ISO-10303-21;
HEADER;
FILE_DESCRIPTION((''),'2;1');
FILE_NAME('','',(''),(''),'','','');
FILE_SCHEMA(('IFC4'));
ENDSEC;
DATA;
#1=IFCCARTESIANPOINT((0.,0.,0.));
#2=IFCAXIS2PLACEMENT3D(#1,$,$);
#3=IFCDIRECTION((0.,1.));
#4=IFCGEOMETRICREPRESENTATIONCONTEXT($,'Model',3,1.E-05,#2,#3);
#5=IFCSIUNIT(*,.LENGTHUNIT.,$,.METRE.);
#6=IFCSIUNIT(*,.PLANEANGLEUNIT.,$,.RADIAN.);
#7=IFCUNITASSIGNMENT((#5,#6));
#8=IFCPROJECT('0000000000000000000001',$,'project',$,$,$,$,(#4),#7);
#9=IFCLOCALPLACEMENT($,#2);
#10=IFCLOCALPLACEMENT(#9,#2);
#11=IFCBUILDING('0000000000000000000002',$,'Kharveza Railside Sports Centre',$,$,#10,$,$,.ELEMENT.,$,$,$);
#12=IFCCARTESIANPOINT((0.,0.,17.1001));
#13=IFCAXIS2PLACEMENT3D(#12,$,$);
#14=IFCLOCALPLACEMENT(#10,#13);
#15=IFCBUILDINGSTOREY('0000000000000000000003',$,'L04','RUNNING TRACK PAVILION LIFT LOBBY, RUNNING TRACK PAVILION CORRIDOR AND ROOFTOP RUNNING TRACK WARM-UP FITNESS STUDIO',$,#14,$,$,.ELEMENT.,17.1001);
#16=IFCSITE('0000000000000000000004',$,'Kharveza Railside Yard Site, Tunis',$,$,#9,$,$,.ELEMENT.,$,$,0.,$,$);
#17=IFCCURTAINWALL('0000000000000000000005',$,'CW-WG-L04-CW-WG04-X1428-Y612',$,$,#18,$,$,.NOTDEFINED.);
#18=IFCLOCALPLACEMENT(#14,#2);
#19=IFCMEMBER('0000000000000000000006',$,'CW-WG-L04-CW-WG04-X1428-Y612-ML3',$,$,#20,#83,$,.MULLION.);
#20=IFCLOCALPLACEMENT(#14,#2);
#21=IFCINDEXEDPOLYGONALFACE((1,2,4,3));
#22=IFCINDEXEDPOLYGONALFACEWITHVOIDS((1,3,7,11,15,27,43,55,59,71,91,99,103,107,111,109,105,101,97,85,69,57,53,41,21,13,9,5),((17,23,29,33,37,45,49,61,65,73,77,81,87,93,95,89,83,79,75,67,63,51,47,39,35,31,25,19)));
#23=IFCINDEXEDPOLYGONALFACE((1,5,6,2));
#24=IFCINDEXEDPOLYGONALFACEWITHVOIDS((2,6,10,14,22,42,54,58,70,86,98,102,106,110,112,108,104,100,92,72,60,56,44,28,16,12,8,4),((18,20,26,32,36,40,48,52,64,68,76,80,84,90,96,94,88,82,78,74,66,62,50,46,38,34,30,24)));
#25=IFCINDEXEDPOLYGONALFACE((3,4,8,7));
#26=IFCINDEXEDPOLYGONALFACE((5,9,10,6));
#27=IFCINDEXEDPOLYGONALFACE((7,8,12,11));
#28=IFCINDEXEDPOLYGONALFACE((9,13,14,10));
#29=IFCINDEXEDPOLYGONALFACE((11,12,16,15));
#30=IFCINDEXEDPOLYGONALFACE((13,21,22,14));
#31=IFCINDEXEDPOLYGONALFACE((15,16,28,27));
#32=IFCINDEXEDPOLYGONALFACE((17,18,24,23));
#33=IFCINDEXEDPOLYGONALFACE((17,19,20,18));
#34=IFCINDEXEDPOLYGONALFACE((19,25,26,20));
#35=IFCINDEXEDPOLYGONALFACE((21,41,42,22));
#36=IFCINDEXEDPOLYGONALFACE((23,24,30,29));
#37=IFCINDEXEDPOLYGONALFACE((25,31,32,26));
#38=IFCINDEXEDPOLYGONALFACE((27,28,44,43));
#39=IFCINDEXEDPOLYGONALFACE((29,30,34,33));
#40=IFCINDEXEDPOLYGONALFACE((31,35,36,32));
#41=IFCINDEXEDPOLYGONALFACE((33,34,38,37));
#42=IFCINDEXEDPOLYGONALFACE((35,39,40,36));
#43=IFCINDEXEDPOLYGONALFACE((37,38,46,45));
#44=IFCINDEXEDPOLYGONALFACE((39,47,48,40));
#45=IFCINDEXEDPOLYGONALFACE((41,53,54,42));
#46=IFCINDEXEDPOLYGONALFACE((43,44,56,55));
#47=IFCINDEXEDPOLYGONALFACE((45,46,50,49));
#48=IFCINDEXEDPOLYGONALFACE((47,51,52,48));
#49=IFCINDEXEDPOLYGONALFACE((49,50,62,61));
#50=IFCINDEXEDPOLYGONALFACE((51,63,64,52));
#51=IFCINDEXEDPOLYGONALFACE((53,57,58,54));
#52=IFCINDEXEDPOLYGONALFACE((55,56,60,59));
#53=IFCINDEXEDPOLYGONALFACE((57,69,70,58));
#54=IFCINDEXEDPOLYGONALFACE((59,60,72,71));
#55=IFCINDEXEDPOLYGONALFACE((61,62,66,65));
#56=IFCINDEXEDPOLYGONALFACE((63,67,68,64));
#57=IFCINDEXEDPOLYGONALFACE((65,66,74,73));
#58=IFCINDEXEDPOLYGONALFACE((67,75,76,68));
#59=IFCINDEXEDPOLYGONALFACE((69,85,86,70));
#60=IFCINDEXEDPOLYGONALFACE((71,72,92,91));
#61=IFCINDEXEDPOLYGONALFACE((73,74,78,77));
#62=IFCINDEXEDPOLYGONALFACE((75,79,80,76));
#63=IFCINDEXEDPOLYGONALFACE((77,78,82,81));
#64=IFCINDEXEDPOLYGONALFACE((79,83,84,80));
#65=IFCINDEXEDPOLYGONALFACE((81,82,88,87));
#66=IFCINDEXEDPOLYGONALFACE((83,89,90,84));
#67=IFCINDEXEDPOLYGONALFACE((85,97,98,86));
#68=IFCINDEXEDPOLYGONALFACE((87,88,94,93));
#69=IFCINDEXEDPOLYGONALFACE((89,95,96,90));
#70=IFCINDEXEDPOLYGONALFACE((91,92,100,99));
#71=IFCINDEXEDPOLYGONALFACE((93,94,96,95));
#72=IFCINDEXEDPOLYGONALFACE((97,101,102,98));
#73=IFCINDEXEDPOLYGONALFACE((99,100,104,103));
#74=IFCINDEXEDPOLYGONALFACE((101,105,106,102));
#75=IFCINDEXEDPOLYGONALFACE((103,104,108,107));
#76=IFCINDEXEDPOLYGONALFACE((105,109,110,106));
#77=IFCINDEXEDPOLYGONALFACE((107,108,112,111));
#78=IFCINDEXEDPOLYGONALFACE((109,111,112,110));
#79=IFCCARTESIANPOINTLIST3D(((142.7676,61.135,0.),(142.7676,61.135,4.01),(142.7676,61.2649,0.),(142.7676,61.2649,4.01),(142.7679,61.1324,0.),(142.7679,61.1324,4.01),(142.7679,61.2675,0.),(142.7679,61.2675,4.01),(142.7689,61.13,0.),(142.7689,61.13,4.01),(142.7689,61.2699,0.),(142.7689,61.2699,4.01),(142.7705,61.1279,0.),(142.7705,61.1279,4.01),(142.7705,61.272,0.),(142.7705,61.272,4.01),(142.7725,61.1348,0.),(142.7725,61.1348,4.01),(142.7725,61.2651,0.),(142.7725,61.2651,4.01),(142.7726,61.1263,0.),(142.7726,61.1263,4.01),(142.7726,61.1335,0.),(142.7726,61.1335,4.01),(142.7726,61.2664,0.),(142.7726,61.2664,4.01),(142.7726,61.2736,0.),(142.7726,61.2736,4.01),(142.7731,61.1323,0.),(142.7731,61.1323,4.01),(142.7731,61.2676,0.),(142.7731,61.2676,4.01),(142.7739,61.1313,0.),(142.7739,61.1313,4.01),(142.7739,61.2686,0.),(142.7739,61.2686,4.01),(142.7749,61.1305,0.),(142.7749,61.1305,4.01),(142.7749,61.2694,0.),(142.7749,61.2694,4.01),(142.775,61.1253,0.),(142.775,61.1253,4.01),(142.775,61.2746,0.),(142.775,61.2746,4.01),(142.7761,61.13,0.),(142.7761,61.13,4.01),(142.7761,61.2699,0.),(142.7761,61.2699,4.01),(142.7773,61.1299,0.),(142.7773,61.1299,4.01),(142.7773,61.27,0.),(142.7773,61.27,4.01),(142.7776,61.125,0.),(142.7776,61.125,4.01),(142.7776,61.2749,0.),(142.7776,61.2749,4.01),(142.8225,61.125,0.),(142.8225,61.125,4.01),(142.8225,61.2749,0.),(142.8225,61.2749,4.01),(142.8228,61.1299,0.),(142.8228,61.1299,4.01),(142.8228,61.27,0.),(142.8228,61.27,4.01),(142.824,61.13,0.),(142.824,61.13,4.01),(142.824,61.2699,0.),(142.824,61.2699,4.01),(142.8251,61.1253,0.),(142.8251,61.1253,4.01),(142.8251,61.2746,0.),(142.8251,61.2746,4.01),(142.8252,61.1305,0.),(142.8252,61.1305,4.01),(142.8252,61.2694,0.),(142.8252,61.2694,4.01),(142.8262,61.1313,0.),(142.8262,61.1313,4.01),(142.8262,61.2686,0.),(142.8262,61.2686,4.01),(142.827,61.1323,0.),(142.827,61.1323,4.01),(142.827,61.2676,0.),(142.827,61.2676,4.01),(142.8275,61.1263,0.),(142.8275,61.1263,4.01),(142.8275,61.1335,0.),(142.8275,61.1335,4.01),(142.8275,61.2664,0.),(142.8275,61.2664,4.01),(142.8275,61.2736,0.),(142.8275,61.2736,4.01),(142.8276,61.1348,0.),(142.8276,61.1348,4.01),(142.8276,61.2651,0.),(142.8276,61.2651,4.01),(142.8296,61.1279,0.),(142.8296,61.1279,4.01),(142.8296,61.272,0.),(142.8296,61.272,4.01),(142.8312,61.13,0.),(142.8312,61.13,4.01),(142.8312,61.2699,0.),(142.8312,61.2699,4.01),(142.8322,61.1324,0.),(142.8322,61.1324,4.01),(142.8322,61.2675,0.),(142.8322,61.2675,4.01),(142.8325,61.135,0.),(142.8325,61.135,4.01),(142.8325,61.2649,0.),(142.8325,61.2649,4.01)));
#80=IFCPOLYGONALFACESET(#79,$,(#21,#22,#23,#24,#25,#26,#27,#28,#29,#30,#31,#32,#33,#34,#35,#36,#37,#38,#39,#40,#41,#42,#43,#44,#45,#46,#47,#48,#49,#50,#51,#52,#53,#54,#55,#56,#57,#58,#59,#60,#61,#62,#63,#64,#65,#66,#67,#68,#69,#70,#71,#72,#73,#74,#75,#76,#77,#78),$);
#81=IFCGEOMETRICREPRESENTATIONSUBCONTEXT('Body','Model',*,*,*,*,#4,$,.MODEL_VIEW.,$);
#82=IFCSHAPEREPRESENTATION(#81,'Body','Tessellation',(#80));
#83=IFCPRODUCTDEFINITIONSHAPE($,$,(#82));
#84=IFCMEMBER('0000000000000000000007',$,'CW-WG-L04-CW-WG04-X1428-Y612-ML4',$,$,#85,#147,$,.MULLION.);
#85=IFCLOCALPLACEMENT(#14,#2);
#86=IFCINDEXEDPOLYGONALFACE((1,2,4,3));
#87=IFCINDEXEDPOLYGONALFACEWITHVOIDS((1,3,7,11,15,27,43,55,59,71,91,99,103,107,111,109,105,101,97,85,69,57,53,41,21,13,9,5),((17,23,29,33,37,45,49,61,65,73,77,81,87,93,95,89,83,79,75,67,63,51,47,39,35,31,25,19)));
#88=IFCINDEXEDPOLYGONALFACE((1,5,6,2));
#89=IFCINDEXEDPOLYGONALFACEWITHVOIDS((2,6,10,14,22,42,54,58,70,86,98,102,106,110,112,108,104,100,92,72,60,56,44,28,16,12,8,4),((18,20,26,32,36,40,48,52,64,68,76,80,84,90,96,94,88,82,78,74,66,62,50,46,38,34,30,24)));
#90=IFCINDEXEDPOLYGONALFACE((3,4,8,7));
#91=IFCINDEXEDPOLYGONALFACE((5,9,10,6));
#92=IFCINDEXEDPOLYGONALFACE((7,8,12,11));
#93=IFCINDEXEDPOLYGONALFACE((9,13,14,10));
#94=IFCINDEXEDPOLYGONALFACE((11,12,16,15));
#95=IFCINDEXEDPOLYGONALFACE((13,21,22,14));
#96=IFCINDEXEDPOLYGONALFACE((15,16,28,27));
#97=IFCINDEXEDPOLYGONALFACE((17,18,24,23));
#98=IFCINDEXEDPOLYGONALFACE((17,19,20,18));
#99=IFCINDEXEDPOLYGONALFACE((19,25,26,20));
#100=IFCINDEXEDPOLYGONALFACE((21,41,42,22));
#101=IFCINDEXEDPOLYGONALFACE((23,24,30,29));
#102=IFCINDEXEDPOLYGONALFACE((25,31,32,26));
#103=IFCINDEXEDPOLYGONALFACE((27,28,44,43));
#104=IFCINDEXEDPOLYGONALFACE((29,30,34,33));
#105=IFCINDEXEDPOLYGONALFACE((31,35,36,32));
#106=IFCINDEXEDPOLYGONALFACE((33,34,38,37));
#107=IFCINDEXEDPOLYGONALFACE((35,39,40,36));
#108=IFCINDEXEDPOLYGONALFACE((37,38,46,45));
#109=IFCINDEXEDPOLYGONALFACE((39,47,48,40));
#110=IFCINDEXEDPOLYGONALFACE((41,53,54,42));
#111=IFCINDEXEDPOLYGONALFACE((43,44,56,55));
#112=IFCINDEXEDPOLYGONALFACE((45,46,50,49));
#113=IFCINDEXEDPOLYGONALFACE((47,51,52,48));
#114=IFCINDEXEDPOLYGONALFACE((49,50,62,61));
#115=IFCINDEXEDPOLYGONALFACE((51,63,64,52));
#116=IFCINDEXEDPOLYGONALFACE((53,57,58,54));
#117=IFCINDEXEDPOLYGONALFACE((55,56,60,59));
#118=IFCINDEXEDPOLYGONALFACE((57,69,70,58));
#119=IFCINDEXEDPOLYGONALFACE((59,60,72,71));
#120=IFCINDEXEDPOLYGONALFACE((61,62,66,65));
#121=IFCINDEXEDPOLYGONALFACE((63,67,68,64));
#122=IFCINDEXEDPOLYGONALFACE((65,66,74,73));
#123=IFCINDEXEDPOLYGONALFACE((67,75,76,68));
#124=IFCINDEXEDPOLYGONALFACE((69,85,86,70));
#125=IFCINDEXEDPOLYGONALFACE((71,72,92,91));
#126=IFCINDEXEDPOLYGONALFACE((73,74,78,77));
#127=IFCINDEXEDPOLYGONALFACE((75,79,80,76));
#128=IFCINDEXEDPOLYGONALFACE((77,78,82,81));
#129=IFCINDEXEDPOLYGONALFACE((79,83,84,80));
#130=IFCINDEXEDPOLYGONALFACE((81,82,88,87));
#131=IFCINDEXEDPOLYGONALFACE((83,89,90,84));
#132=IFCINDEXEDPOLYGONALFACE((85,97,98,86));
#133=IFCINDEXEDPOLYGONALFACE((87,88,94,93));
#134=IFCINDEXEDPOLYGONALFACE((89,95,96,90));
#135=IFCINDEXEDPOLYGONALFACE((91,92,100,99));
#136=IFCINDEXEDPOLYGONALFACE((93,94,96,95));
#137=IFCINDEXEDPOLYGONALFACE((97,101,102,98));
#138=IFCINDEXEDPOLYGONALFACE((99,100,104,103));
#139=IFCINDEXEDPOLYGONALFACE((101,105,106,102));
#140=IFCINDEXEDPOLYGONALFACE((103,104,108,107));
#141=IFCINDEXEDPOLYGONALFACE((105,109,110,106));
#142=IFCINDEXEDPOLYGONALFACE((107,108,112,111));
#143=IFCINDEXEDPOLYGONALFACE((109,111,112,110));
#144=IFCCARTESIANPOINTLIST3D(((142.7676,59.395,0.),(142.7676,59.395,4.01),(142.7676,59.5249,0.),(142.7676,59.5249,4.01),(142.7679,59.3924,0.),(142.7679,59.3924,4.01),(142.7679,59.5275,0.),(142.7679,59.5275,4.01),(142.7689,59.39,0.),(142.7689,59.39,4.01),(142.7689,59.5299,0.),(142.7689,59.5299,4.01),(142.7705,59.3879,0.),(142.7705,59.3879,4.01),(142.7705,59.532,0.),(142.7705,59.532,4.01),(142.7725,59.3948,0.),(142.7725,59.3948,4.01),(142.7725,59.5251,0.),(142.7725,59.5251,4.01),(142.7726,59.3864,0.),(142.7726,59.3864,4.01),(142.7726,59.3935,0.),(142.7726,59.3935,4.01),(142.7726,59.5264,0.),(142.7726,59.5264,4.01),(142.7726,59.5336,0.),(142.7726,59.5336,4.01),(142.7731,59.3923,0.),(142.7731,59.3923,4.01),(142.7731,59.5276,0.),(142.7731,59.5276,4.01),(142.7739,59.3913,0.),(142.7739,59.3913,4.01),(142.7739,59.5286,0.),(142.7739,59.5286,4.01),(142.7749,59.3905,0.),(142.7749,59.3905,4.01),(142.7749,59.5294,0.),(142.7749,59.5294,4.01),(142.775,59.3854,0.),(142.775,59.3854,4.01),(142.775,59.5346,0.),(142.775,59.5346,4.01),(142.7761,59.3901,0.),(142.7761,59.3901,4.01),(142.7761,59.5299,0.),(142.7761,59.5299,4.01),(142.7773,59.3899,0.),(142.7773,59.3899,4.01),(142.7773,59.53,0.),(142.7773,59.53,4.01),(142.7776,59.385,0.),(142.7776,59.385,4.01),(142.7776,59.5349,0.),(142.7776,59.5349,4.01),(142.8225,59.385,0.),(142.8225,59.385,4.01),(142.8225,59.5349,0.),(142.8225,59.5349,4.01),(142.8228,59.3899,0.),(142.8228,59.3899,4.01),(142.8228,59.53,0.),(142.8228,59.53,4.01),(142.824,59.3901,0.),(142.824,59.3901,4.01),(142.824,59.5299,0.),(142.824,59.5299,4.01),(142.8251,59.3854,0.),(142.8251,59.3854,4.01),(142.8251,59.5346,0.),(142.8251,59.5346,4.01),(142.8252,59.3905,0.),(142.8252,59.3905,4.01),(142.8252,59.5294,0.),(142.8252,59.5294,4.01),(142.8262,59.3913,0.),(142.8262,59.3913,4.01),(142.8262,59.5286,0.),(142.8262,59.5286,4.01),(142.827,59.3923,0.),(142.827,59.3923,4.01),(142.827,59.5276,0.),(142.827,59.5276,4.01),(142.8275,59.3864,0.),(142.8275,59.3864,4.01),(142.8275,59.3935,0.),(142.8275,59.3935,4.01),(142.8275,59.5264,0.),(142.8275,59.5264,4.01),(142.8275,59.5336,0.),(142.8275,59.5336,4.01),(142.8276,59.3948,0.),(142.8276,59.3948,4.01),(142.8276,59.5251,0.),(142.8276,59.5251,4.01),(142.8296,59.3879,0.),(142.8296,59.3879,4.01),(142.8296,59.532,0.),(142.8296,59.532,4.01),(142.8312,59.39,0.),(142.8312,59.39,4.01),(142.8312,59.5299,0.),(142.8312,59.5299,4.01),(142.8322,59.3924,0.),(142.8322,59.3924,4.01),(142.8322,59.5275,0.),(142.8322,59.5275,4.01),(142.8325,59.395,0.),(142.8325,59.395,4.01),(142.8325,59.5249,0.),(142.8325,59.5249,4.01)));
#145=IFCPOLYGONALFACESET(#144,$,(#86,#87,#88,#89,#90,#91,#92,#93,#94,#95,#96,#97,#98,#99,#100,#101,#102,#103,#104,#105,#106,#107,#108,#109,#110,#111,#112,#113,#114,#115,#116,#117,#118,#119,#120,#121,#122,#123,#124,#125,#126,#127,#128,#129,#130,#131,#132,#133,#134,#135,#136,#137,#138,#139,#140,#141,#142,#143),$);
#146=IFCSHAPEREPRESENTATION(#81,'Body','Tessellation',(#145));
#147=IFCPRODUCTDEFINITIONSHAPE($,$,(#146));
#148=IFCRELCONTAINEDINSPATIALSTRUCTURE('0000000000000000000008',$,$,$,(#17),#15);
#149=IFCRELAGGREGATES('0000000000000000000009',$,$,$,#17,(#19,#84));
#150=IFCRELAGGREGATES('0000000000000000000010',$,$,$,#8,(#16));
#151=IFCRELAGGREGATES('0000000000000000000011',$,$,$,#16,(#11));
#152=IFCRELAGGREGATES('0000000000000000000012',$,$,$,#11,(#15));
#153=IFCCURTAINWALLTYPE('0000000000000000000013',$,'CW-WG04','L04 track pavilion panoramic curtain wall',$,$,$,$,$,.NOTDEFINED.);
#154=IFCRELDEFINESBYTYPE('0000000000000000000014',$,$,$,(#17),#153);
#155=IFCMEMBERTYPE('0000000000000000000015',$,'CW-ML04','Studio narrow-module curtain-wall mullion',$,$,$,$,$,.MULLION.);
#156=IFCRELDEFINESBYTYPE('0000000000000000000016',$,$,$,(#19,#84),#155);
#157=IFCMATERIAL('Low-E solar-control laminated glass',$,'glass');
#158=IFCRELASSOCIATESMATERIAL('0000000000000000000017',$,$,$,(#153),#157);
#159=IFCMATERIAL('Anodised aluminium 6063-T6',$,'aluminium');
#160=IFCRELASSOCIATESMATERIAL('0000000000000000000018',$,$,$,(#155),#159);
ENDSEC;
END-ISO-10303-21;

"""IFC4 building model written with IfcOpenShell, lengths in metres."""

from ifc_helpers import new_model, si_unit, direction, frame, origin, origin_2d, place, context, subcontext, project, spatial, hollow_rectangle, extrude, material, material_profile, profile_set, type_object, element, aggregate, save


model = new_model("IFC4")

# Units and contexts
model_context = context("Model", 3, precision=1e-05, world=origin(), true_north=direction((0.0, 1.0)))
body_context = subcontext(model_context, "Body", "Model", "MODEL_VIEW")
ifc_project = project(units=[si_unit("LENGTHUNIT", "METRE"), si_unit("PLANEANGLEUNIT", "RADIAN")], contexts=[model_context])

# Site, building, storey
site_placement = place(None, origin())
site = spatial("IfcSite", under=ifc_project, at=site_placement, Name="Kharveza Railside Yard Site, Tunis", CompositionType="ELEMENT", RefElevation=0.0)
building_placement = place(site_placement, origin())
building = spatial("IfcBuilding", under=site, at=building_placement, Name="Kharveza Railside Sports Centre", CompositionType="ELEMENT")
storey_placement = place(building_placement, frame((0.0, 0.0, 17.1001)))
storey = spatial("IfcBuildingStorey", under=building, at=storey_placement, Name="L04", Description="RUNNING TRACK PAVILION LIFT LOBBY, RUNNING TRACK PAVILION CORRIDOR AND ROOFTOP RUNNING TRACK WARM-UP FITNESS STUDIO", CompositionType="ELEMENT", Elevation=17.1001)

# Curtain wall, members
ifc_material_1 = material(Name="Low-E solar-control laminated glass", Category="glass")
curtain_wall_type = type_object("IfcCurtainWallType", Name="CW-WG04", Description="L04 track pavilion panoramic curtain wall", PredefinedType="NOTDEFINED", material=ifc_material_1)
curtain_wall_placement = place(storey_placement, origin())
curtain_wall = element("IfcCurtainWall", 1, at=curtain_wall_placement, inside=storey, type_object=curtain_wall_type, Name="CW-WG-L04-CW-WG04-X1428-Y612", PredefinedType="NOTDEFINED")
ifc_material_2 = material(Name="Anodised aluminium 6063-T6", Category="aluminium")
ifc_material_profile_1 = material_profile(ifc_material_2, hollow_rectangle(XDim=0.0649, YDim=0.1499, WallThickness=0.0049, InnerFilletRadius=0.0049, OuterFilletRadius=0.01, at=origin_2d()), Name="RHS 65x150x5.0")
ifc_profile_set_1 = profile_set([ifc_material_profile_1], Name="Anodised aluminium 6063-T6")
member_type_1 = type_object("IfcMemberType", Name="CW-ML04", Description="Studio narrow-module curtain-wall mullion", PredefinedType="MULLION", material=ifc_profile_set_1)
member_1_placement = place(storey_placement, frame((142.8, 61.2, 0.0), z_axis=(0.0, 0.0, 1.0), x_axis=(1.0, 0.0, 0.0)))
member_1 = element("IfcMember", 2, at=member_1_placement, type_object=member_type_1, Name="CW-WG-L04-CW-WG04-X1428-Y612-ML3", PredefinedType="MULLION", context=body_context, shape_type="SweptSolid", body=[
    extrude(hollow_rectangle(XDim=0.0649, YDim=0.1499, WallThickness=0.0049, InnerFilletRadius=0.0049, OuterFilletRadius=0.01, at=origin_2d()), origin(), (0.0, 0.0, 1.0), 4.01),
])
member_2_placement = place(storey_placement, frame((142.8, 59.46, 0.0), z_axis=(0.0, 0.0, 1.0), x_axis=(1.0, 0.0, 0.0)))
member_2 = element("IfcMember", 3, at=member_2_placement, type_object=member_type_1, Name="CW-WG-L04-CW-WG04-X1428-Y612-ML4", PredefinedType="MULLION", context=body_context, shape_type="SweptSolid", body=[
    extrude(hollow_rectangle(XDim=0.0649, YDim=0.1499, WallThickness=0.0049, InnerFilletRadius=0.0049, OuterFilletRadius=0.01, at=origin_2d()), origin(), (0.0, 0.0, 1.0), 4.01),
])

aggregate(curtain_wall, [member_1, member_2])

save(model, "model.ifc")
